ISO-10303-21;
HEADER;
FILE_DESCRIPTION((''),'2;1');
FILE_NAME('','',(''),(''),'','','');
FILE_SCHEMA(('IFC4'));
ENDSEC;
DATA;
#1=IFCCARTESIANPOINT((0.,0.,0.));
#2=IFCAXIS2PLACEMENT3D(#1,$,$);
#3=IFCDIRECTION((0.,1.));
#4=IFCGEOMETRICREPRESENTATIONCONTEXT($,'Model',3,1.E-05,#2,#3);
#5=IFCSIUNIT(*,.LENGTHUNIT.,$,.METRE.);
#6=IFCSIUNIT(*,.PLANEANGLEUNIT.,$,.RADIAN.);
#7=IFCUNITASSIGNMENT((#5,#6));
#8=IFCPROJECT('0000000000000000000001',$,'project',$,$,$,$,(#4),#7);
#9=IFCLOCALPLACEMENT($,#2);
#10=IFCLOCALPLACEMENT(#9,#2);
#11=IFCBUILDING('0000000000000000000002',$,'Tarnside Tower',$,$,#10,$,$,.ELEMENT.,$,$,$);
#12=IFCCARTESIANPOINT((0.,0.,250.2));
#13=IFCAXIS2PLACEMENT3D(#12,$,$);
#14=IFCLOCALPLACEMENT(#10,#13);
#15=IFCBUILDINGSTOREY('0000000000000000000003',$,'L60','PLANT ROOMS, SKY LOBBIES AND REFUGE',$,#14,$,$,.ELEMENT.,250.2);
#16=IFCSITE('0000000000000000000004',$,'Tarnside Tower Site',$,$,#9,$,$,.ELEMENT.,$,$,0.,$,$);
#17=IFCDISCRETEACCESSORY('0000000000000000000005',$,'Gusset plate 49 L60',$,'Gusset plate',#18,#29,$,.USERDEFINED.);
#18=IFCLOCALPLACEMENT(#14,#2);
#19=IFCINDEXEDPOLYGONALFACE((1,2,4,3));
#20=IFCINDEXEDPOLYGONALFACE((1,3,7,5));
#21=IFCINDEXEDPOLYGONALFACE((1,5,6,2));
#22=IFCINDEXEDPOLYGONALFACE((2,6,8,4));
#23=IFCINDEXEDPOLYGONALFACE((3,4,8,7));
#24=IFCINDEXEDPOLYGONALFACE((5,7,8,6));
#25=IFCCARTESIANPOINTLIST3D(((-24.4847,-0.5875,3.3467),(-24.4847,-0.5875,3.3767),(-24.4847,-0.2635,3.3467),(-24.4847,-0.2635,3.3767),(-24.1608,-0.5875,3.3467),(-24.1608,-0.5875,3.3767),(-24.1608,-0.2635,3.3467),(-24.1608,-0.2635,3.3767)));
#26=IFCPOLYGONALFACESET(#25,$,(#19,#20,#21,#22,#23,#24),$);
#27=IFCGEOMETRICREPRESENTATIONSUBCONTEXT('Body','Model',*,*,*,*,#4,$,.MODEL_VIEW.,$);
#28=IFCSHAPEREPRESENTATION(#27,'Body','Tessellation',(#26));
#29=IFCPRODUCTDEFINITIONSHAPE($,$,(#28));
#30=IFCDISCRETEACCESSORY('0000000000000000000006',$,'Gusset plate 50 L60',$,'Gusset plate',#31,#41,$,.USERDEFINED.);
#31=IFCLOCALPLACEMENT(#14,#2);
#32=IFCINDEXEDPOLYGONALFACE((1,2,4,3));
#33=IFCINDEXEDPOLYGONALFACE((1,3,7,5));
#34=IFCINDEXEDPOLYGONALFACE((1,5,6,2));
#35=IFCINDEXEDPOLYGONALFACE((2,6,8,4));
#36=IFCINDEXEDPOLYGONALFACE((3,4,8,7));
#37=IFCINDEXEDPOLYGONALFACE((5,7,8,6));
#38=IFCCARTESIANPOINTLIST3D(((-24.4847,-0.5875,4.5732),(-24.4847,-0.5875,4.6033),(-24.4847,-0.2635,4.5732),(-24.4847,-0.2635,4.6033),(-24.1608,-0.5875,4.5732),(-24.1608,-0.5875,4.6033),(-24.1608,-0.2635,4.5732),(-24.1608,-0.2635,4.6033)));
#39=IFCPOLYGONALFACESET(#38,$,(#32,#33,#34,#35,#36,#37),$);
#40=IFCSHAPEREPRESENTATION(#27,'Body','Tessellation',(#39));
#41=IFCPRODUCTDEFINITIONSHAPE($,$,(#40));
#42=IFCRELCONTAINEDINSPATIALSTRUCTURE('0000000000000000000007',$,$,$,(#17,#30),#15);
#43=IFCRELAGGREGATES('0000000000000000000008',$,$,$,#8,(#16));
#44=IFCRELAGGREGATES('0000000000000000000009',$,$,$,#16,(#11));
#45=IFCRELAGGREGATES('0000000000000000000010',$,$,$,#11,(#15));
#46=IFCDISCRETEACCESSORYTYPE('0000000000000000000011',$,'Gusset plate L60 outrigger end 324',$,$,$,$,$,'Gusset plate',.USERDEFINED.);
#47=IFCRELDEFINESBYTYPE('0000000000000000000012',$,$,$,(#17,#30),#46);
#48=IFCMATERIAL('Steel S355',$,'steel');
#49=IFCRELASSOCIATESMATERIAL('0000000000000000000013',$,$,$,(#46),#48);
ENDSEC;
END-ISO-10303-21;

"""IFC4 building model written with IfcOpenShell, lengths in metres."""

from ifc_helpers import new_model, si_unit, direction, frame, origin, origin_2d, place, context, subcontext, project, spatial, rectangle, extrude, material, type_object, element, save


model = new_model("IFC4")

# Units and contexts
model_context = context("Model", 3, precision=1e-05, world=origin(), true_north=direction((0.0, 1.0)))
body_context = subcontext(model_context, "Body", "Model", "MODEL_VIEW")
ifc_project = project(units=[si_unit("LENGTHUNIT", "METRE"), si_unit("PLANEANGLEUNIT", "RADIAN")], contexts=[model_context])

# Site, building, storey
site_placement = place(None, origin())
site = spatial("IfcSite", under=ifc_project, at=site_placement, Name="Tarnside Tower Site", CompositionType="ELEMENT", RefElevation=0.0)
building_placement = place(site_placement, origin())
building = spatial("IfcBuilding", under=site, at=building_placement, Name="Tarnside Tower", CompositionType="ELEMENT")
storey_placement = place(building_placement, frame((0.0, 0.0, 250.2)))
storey = spatial("IfcBuildingStorey", under=building, at=storey_placement, Name="L60", Description="PLANT ROOMS, SKY LOBBIES AND REFUGE", CompositionType="ELEMENT", Elevation=250.2)

# Shared definitions
ifc_material_1 = material(Name="Steel S355", Category="steel")

# Discrete accessories
discrete_accessory_type_1 = type_object("IfcDiscreteAccessoryType", Name="Gusset plate L60 outrigger end 324", ElementType="Gusset plate", PredefinedType="USERDEFINED", material=ifc_material_1)
for number, where, z_axis, x_axis, name in (
    (1, (-24.3228, -0.4255, 3.3467), (0.0, 0.0, 1.0), (1.0, 0.0, 0.0), "Gusset plate 49 L60"),
    (2, (-24.3228, -0.4255, 4.5732), (0.0, 0.0, 1.0), (1.0, 0.0, 0.0), "Gusset plate 50 L60"),
):
    element("IfcDiscreteAccessory", number, at=place(storey_placement, frame(where, z_axis=z_axis, x_axis=x_axis)), inside=storey, type_object=discrete_accessory_type_1, Name=name, ObjectType="Gusset plate", PredefinedType="USERDEFINED", context=body_context, shape_type="SweptSolid", body=[
        extrude(rectangle(XDim=0.324, YDim=0.324, at=origin_2d()), origin(), (0.0, 0.0, 1.0), 0.03),
    ])

save(model, "model.ifc")
